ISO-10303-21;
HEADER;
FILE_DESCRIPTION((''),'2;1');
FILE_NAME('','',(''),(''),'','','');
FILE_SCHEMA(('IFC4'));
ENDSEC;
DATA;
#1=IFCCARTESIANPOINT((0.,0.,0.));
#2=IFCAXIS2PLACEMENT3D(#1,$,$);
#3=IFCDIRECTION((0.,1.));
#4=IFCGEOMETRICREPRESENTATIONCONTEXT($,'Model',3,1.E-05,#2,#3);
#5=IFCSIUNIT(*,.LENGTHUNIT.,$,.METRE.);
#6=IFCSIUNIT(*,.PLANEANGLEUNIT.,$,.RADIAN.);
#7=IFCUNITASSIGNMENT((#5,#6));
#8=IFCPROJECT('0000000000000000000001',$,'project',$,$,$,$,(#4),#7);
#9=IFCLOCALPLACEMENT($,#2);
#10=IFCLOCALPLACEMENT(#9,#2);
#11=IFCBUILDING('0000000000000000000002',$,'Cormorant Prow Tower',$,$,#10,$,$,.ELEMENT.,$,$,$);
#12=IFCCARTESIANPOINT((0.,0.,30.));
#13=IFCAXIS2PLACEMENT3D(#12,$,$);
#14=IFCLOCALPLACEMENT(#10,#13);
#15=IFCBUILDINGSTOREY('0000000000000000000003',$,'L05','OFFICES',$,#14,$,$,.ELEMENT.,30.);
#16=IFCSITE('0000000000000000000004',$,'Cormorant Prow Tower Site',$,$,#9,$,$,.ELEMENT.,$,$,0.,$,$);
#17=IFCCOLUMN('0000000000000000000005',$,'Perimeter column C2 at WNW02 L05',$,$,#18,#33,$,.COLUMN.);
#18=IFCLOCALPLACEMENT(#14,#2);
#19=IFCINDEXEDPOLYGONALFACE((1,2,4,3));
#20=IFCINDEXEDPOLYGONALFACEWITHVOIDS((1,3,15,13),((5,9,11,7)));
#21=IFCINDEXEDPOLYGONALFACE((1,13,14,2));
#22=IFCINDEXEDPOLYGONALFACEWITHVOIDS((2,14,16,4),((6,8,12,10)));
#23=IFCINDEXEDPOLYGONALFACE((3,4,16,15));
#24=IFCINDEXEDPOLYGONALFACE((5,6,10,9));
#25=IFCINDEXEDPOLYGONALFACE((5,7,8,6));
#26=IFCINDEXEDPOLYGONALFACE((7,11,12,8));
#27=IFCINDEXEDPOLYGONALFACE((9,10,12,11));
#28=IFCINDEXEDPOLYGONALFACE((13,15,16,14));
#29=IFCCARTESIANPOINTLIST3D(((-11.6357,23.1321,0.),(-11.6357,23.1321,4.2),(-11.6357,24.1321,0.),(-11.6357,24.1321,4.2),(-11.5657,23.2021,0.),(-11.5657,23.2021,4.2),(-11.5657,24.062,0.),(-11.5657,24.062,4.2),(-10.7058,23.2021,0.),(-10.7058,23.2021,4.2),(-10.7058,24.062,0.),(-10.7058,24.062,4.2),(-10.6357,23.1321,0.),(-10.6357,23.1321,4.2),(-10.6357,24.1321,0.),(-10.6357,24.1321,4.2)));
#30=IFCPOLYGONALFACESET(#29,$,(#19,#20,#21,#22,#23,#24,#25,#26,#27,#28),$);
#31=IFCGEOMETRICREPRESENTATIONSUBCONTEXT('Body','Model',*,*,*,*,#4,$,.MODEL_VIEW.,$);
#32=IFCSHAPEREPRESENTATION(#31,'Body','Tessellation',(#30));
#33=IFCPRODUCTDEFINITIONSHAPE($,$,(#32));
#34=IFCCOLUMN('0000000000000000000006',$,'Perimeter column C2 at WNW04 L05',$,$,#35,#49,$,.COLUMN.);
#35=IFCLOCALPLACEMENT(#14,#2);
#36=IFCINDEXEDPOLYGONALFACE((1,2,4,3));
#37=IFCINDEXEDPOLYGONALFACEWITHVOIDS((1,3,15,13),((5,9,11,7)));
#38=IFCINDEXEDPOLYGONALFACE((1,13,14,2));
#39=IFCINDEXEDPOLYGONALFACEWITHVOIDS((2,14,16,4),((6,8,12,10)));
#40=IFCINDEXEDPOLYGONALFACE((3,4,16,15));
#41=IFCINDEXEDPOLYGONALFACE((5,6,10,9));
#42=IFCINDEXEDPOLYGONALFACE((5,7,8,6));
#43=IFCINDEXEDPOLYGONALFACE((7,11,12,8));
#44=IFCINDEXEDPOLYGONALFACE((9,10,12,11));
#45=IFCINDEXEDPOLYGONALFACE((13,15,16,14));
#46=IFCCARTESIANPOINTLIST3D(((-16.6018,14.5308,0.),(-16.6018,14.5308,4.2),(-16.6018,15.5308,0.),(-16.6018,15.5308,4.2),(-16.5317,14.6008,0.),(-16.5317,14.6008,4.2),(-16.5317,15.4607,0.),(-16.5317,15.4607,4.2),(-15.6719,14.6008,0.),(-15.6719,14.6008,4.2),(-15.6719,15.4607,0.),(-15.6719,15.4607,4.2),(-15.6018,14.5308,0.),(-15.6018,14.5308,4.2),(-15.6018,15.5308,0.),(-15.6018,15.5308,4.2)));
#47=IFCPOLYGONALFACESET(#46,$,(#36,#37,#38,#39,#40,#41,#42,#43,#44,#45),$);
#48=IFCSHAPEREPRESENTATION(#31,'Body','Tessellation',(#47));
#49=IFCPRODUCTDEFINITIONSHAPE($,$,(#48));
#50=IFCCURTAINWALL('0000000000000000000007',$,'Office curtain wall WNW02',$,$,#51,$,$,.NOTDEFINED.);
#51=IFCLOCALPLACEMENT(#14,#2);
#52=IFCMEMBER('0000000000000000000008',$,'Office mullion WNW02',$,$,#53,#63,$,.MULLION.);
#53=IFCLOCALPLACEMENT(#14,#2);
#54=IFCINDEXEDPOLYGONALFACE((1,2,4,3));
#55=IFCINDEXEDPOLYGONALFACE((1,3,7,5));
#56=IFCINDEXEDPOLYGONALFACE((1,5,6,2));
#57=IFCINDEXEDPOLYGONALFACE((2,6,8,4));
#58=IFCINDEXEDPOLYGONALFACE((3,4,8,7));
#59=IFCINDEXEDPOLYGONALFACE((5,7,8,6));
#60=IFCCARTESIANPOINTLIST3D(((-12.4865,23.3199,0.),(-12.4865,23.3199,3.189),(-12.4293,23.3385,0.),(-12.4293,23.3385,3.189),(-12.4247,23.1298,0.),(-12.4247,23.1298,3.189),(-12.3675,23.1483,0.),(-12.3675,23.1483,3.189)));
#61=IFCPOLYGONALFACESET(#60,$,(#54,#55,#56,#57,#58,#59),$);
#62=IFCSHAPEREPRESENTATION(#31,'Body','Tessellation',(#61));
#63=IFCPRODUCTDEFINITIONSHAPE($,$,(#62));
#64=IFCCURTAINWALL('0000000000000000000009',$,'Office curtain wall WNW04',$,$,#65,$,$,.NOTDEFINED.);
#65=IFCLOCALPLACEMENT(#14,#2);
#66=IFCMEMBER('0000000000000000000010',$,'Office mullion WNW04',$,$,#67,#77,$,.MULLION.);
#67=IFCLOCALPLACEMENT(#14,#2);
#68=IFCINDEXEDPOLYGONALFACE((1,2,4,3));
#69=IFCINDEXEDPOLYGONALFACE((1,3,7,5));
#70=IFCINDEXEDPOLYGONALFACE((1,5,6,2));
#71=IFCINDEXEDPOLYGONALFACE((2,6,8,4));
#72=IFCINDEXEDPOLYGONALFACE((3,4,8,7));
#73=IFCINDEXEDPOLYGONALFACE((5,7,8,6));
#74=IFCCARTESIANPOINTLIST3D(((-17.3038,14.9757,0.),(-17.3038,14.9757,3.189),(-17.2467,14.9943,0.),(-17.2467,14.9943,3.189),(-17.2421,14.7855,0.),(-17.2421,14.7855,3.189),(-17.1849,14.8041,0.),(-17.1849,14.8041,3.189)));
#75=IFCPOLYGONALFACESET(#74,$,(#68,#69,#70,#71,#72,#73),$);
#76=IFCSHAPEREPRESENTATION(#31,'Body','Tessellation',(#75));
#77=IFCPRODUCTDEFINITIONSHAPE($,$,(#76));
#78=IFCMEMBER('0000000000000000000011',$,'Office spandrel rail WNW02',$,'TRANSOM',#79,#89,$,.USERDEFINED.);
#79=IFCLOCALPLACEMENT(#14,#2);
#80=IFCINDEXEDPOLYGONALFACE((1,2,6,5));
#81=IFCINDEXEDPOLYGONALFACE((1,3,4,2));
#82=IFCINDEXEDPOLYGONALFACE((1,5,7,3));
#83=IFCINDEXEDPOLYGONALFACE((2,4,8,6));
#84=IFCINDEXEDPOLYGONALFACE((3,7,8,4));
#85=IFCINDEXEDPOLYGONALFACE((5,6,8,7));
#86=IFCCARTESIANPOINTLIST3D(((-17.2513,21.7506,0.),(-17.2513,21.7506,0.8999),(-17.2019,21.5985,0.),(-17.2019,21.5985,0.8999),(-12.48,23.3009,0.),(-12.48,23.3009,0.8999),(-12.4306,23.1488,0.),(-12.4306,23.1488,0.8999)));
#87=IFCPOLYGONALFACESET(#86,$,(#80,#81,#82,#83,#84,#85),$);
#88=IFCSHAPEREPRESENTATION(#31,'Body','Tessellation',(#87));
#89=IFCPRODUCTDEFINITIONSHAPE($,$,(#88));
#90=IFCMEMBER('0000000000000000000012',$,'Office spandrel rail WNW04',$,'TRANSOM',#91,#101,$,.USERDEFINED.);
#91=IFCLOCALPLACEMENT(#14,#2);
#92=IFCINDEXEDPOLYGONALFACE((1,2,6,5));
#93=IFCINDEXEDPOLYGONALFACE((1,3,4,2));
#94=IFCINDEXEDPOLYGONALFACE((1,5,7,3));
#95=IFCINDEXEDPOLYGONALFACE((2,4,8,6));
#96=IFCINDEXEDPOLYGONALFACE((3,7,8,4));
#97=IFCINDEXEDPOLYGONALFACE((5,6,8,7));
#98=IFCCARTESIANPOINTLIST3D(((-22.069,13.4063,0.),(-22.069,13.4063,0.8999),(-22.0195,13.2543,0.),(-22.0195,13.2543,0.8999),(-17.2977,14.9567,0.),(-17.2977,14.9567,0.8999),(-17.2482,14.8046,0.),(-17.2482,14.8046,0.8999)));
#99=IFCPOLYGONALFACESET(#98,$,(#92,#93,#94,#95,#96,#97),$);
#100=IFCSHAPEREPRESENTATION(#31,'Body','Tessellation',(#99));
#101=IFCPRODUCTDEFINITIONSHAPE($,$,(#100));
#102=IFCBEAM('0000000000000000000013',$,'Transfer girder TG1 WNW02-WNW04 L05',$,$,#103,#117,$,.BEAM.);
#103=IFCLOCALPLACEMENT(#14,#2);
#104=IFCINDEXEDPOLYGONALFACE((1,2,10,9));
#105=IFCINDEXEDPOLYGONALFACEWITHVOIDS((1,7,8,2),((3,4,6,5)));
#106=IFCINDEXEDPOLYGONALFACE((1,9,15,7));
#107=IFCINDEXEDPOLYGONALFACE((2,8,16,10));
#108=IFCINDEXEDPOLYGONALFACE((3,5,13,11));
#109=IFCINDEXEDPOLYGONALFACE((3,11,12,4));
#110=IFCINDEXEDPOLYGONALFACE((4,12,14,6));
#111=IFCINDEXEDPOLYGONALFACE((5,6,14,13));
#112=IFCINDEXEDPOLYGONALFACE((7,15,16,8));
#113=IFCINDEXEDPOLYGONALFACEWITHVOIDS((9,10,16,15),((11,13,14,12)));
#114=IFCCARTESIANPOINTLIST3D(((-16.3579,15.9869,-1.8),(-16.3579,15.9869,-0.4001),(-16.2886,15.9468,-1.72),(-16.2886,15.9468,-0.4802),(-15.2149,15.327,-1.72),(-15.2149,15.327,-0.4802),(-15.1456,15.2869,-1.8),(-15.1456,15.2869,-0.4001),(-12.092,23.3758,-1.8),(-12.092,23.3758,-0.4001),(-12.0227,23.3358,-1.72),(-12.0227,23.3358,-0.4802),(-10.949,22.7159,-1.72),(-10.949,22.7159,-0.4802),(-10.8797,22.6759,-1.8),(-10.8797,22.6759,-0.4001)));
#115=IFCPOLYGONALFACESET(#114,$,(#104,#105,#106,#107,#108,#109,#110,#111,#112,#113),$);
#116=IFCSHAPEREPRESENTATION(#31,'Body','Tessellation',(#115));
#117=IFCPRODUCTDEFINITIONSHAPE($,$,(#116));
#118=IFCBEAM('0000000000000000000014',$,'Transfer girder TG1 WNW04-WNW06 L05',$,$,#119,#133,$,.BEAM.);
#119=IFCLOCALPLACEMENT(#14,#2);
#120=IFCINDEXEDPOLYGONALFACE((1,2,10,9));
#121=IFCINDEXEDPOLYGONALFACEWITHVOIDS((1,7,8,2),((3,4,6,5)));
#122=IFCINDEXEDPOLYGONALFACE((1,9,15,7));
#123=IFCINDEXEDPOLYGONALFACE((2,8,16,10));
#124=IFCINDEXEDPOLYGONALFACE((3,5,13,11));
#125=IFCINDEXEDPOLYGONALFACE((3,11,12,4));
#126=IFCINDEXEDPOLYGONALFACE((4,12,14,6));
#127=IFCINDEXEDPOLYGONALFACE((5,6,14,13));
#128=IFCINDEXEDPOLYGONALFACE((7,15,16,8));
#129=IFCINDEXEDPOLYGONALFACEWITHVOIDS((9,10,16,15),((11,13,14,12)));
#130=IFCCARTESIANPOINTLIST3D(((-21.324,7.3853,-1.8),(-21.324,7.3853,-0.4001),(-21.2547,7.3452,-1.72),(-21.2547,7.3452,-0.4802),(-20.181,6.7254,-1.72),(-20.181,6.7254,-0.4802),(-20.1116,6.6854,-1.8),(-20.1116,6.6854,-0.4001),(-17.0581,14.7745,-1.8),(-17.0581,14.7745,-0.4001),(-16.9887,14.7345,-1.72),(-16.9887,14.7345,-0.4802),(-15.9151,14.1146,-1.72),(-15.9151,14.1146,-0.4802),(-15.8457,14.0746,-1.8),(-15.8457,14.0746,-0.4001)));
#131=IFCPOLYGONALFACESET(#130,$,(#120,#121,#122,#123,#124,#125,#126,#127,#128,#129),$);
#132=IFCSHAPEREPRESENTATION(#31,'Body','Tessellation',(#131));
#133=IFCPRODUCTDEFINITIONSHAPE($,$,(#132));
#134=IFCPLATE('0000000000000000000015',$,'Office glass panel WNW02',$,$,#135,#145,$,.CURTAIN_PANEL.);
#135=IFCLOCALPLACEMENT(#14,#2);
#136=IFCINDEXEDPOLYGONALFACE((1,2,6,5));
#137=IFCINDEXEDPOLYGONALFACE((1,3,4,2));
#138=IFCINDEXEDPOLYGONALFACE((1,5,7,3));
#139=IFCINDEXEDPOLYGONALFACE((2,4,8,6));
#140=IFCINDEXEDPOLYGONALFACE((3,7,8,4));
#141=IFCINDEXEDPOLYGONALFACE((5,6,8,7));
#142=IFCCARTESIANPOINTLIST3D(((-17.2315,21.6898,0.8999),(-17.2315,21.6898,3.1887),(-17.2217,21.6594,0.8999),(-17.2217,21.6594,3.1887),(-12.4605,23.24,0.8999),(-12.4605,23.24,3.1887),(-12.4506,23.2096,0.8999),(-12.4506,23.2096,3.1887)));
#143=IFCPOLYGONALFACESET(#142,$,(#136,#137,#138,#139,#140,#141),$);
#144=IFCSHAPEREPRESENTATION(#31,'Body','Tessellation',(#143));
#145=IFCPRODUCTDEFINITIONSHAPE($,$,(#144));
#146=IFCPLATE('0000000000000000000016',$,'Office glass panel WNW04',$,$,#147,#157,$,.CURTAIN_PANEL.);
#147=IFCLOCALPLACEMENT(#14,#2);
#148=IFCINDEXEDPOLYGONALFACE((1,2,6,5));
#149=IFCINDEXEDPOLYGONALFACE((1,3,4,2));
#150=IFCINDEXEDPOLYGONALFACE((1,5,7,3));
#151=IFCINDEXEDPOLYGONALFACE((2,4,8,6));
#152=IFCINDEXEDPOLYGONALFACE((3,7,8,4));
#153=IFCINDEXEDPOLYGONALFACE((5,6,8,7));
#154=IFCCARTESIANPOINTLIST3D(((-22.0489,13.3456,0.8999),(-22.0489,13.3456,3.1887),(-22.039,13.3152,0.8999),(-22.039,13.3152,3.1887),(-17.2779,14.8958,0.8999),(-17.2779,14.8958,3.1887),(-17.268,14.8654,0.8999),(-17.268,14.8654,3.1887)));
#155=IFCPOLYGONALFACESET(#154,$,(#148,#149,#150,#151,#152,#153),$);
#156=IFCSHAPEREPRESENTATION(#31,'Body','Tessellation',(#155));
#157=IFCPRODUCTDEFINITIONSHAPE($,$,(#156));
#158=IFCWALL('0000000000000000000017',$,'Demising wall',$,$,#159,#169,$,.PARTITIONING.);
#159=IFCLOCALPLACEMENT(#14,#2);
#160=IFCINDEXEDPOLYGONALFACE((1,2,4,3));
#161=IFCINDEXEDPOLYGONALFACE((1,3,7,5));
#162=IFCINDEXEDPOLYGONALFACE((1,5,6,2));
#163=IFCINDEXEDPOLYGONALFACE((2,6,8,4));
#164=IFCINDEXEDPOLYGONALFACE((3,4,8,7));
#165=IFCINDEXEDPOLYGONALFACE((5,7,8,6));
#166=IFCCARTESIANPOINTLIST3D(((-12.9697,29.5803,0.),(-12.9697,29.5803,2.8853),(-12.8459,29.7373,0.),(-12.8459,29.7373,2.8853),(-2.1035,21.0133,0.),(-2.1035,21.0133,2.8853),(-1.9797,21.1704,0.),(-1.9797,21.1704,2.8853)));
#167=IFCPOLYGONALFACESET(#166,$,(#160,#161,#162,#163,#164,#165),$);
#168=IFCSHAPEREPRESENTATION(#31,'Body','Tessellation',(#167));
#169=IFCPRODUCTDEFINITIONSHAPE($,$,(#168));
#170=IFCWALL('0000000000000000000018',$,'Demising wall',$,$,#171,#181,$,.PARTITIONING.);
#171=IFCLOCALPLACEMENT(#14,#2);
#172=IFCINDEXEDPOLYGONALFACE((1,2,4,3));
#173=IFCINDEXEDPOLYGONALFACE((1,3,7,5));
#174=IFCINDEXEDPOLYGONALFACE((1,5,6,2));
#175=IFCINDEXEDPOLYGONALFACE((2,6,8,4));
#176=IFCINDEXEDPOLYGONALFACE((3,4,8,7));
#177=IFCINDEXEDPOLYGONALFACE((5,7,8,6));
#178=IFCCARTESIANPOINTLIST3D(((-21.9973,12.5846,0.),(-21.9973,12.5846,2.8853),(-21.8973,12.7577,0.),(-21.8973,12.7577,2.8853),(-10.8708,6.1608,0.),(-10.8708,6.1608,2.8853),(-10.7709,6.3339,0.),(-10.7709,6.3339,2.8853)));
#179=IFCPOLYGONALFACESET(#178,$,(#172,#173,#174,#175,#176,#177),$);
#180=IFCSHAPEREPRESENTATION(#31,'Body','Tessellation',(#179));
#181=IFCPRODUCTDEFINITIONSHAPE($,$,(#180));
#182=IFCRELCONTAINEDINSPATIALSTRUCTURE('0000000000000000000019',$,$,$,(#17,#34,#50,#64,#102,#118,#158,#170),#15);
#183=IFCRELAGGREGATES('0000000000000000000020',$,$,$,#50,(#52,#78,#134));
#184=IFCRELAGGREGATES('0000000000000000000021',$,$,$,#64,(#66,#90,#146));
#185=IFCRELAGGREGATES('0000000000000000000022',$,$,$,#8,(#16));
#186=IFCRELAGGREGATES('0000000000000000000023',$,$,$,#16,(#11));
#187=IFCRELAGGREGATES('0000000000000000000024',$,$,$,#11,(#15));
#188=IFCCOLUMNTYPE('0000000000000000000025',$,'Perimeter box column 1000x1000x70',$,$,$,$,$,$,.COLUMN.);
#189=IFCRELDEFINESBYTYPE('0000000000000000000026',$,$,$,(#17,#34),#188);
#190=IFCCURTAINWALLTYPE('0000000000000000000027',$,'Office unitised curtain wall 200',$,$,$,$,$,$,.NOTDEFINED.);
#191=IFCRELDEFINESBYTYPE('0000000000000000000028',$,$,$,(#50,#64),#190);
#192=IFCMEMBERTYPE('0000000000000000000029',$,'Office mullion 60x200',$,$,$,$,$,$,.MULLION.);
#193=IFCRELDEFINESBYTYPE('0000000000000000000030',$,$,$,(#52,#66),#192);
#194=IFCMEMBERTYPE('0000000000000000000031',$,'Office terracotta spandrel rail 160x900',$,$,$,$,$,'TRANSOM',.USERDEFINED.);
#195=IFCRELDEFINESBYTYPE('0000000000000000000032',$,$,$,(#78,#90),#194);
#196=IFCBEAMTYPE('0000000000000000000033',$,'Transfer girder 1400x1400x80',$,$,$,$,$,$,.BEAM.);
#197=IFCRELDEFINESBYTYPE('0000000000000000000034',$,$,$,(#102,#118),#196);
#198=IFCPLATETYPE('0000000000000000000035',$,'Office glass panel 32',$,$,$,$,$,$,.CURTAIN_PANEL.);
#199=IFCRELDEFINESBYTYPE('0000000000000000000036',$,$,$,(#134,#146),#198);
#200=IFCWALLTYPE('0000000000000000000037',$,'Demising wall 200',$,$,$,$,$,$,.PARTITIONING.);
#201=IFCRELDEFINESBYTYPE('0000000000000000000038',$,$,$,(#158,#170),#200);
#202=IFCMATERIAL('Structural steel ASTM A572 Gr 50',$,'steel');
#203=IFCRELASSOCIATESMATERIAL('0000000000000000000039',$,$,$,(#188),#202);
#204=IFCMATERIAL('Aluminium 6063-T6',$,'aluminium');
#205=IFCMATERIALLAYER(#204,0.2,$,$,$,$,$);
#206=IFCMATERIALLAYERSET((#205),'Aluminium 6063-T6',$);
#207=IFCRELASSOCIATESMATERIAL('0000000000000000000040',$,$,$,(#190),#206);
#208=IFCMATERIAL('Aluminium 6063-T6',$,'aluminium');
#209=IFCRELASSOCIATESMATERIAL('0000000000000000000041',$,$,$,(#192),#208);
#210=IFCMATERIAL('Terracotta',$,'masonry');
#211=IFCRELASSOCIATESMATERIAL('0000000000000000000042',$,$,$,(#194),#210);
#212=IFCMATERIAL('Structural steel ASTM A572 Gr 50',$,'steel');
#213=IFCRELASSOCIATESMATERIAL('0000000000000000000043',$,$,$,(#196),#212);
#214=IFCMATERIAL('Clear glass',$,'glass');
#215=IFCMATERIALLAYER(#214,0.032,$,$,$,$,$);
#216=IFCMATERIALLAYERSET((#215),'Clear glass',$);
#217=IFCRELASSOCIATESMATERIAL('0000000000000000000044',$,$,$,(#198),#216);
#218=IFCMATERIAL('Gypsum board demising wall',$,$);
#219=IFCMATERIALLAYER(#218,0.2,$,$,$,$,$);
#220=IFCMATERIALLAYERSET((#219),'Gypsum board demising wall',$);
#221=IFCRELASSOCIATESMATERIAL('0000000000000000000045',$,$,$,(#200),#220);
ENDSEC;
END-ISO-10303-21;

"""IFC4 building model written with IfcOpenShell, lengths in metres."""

from ifc_helpers import new_model, si_unit, direction, frame, frame_2d, origin, origin_2d, place, context, subcontext, project, spatial, rectangle, hollow_rectangle, extrude, material, layer, layer_set, material_profile, profile_set, type_object, element, aggregate, save


model = new_model("IFC4")

# Units and contexts
model_context = context("Model", 3, precision=1e-05, world=origin(), true_north=direction((0.0, 1.0)))
body_context = subcontext(model_context, "Body", "Model", "MODEL_VIEW")
ifc_project = project(units=[si_unit("LENGTHUNIT", "METRE"), si_unit("PLANEANGLEUNIT", "RADIAN")], contexts=[model_context])

# Site, building, storey
site_placement = place(None, origin())
site = spatial("IfcSite", under=ifc_project, at=site_placement, Name="Cormorant Prow Tower Site", CompositionType="ELEMENT", RefElevation=0.0)
building_placement = place(site_placement, origin())
building = spatial("IfcBuilding", under=site, at=building_placement, Name="Cormorant Prow Tower", CompositionType="ELEMENT")
storey_placement = place(building_placement, frame((0.0, 0.0, 30.0)))
storey = spatial("IfcBuildingStorey", under=building, at=storey_placement, Name="L05", Description="OFFICES", CompositionType="ELEMENT", Elevation=30.0)

# Columns
ifc_material_1 = material(Name="Structural steel ASTM A572 Gr 50", Category="steel")
ifc_material_profile_1 = material_profile(ifc_material_1, hollow_rectangle(XDim=1.0, YDim=1.0, WallThickness=0.0701, at=origin_2d()), Name="Box 1000x1000x70")
ifc_profile_set_1 = profile_set([ifc_material_profile_1], Name="Structural steel ASTM A572 Gr 50")
column_type = type_object("IfcColumnType", Name="Perimeter box column 1000x1000x70", PredefinedType="COLUMN", material=ifc_profile_set_1)
column_1_placement = place(storey_placement, frame((-11.1357, 23.6321, 0.0), z_axis=(0.0, 0.0, 1.0), x_axis=(1.0, 0.0, 0.0)))
element("IfcColumn", 1, at=column_1_placement, inside=storey, type_object=column_type, Name="Perimeter column C2 at WNW02 L05", PredefinedType="COLUMN", context=body_context, shape_type="SweptSolid", body=[
    extrude(hollow_rectangle(XDim=1.0, YDim=1.0, WallThickness=0.0701, at=origin_2d()), origin(), (0.0, 0.0, 1.0), 4.2),
])
column_2_placement = place(storey_placement, frame((-16.1018, 15.0308, 0.0), z_axis=(0.0, 0.0, 1.0), x_axis=(1.0, 0.0, 0.0)))
element("IfcColumn", 2, at=column_2_placement, inside=storey, type_object=column_type, Name="Perimeter column C2 at WNW04 L05", PredefinedType="COLUMN", context=body_context, shape_type="SweptSolid", body=[
    extrude(hollow_rectangle(XDim=1.0, YDim=1.0, WallThickness=0.0701, at=origin_2d()), origin(), (0.0, 0.0, 1.0), 4.2),
])

# Curtain walls, members
ifc_material_2 = material(Name="Aluminium 6063-T6", Category="aluminium")
ifc_layer_1 = layer(ifc_material_2, 0.2)
ifc_layer_set_1 = layer_set([ifc_layer_1], Name="Aluminium 6063-T6")
curtain_wall_type = type_object("IfcCurtainWallType", Name="Office unitised curtain wall 200", PredefinedType="NOTDEFINED", material=ifc_layer_set_1)
curtain_wall_1_placement = place(storey_placement, origin())
curtain_wall_1 = element("IfcCurtainWall", 3, at=curtain_wall_1_placement, inside=storey, type_object=curtain_wall_type, Name="Office curtain wall WNW02", PredefinedType="NOTDEFINED")
ifc_material_3 = material(Name="Aluminium 6063-T6", Category="aluminium")
ifc_material_profile_2 = material_profile(ifc_material_3, rectangle(XDim=0.2, YDim=0.0601, at=origin_2d()), Name="Office mullion 60x200")
ifc_profile_set_2 = profile_set([ifc_material_profile_2], Name="Aluminium 6063-T6")
member_type_1 = type_object("IfcMemberType", Name="Office mullion 60x200", PredefinedType="MULLION", material=ifc_profile_set_2)
member_1_placement = place(storey_placement, frame((-12.427, 23.2341, 0.0), z_axis=(0.0, 0.0, 1.0), x_axis=(0.309017, -0.951057, 0.0)))
member_1 = element("IfcMember", 4, at=member_1_placement, type_object=member_type_1, Name="Office mullion WNW02", PredefinedType="MULLION", context=body_context, shape_type="SweptSolid", body=[
    extrude(rectangle(XDim=0.2, YDim=0.0601, at=origin_2d()), origin(), (0.0, 0.0, 1.0), 3.189),
])
curtain_wall_2_placement = place(storey_placement, origin())
curtain_wall_2 = element("IfcCurtainWall", 5, at=curtain_wall_2_placement, inside=storey, type_object=curtain_wall_type, Name="Office curtain wall WNW04", PredefinedType="NOTDEFINED")
member_2_placement = place(storey_placement, frame((-17.2444, 14.8899, 0.0), z_axis=(0.0, 0.0, 1.0), x_axis=(0.309017, -0.951057, 0.0)))
member_2 = element("IfcMember", 6, at=member_2_placement, type_object=member_type_1, Name="Office mullion WNW04", PredefinedType="MULLION", context=body_context, shape_type="SweptSolid", body=[
    extrude(rectangle(XDim=0.2, YDim=0.0601, at=origin_2d()), origin(), (0.0, 0.0, 1.0), 3.189),
])

# Members
ifc_material_4 = material(Name="Terracotta", Category="masonry")
ifc_material_profile_3 = material_profile(ifc_material_4, rectangle(XDim=0.1599, YDim=0.8999, at=origin_2d()), Name="Office terracotta spandrel rail 160x900")
ifc_profile_set_3 = profile_set([ifc_material_profile_3], Name="Terracotta")
member_type_2 = type_object("IfcMemberType", Name="Office terracotta spandrel rail 160x900", ElementType="TRANSOM", PredefinedType="USERDEFINED", material=ifc_profile_set_3)
member_3_placement = place(storey_placement, frame((-12.4553, 23.2249, 0.45), z_axis=(-0.951055, -0.309021, 0.0), x_axis=(0.309021, -0.951055, 0.0)))
member_3 = element("IfcMember", 7, at=member_3_placement, type_object=member_type_2, Name="Office spandrel rail WNW02", ObjectType="TRANSOM", PredefinedType="USERDEFINED", context=body_context, shape_type="SweptSolid", body=[
    extrude(rectangle(XDim=0.1599, YDim=0.8999, at=origin_2d()), origin(), (0.0, 0.0, 1.0), 5.0168),
])
member_4_placement = place(storey_placement, frame((-17.2729, 14.8806, 0.45), z_axis=(-0.951055, -0.309021, 0.0), x_axis=(0.309021, -0.951055, 0.0)))
member_4 = element("IfcMember", 8, at=member_4_placement, type_object=member_type_2, Name="Office spandrel rail WNW04", ObjectType="TRANSOM", PredefinedType="USERDEFINED", context=body_context, shape_type="SweptSolid", body=[
    extrude(rectangle(XDim=0.1599, YDim=0.8999, at=origin_2d()), origin(), (0.0, 0.0, 1.0), 5.0168),
])

# Beams
ifc_material_5 = material(Name="Structural steel ASTM A572 Gr 50", Category="steel")
ifc_material_profile_4 = material_profile(ifc_material_5, hollow_rectangle(XDim=1.3999, YDim=1.3999, WallThickness=0.0801, at=origin_2d()), Name="Box 1400x1400x80")
ifc_profile_set_4 = profile_set([ifc_material_profile_4], Name="Structural steel ASTM A572 Gr 50")
beam_type = type_object("IfcBeamType", Name="Transfer girder 1400x1400x80", PredefinedType="BEAM", material=ifc_profile_set_4)
beam_1_placement = place(storey_placement, frame((-11.4858, 23.0259, -1.1001), z_axis=(-0.499989, -0.866032, 0.0), x_axis=(0.866032, -0.499989, 0.0)))
element("IfcBeam", 9, at=beam_1_placement, inside=storey, type_object=beam_type, Name="Transfer girder TG1 WNW02-WNW04 L05", PredefinedType="BEAM", context=body_context, shape_type="SweptSolid", body=[
    extrude(hollow_rectangle(XDim=1.3999, YDim=1.3999, WallThickness=0.0801, at=origin_2d()), origin(), (0.0, 0.0, 1.0), 8.532),
])
beam_2_placement = place(storey_placement, frame((-16.4519, 14.4246, -1.1001), z_axis=(-0.499977, -0.866039, 0.0), x_axis=(0.866039, -0.499977, 0.0)))
element("IfcBeam", 10, at=beam_2_placement, inside=storey, type_object=beam_type, Name="Transfer girder TG1 WNW04-WNW06 L05", PredefinedType="BEAM", context=body_context, shape_type="SweptSolid", body=[
    extrude(hollow_rectangle(XDim=1.3999, YDim=1.3999, WallThickness=0.0801, at=origin_2d()), origin(), (0.0, 0.0, 1.0), 8.5322),
])

# Plates
ifc_material_6 = material(Name="Clear glass", Category="glass")
ifc_layer_2 = layer(ifc_material_6, 0.032)
ifc_layer_set_2 = layer_set([ifc_layer_2], Name="Clear glass")
plate_type = type_object("IfcPlateType", Name="Office glass panel 32", PredefinedType="CURTAIN_PANEL", material=ifc_layer_set_2)
plate_1_placement = place(storey_placement, frame((-14.8411, 22.4497, 0.8999), z_axis=(0.0, 0.0, 1.0), x_axis=(-0.951057, -0.309017, 0.0)))
plate_1 = element("IfcPlate", 11, at=plate_1_placement, type_object=plate_type, Name="Office glass panel WNW02", PredefinedType="CURTAIN_PANEL", context=body_context, shape_type="SweptSolid", body=[
    extrude(rectangle(XDim=5.0166, YDim=0.032, at=origin_2d()), origin(), (0.0, 0.0, 1.0), 2.2888),
])
aggregate(curtain_wall_1, [member_1, member_3, plate_1])
plate_2_placement = place(storey_placement, frame((-19.6584, 14.1055, 0.8999), z_axis=(0.0, 0.0, 1.0), x_axis=(-0.951057, -0.309017, 0.0)))
plate_2 = element("IfcPlate", 12, at=plate_2_placement, type_object=plate_type, Name="Office glass panel WNW04", PredefinedType="CURTAIN_PANEL", context=body_context, shape_type="SweptSolid", body=[
    extrude(rectangle(XDim=5.0166, YDim=0.032, at=origin_2d()), origin(), (0.0, 0.0, 1.0), 2.2888),
])
aggregate(curtain_wall_2, [member_2, member_4, plate_2])

# Walls
ifc_material_7 = material(Name="Gypsum board demising wall")
ifc_layer_3 = layer(ifc_material_7, 0.2)
ifc_layer_set_3 = layer_set([ifc_layer_3], Name="Gypsum board demising wall")
wall_type_1 = type_object("IfcWallType", Name="Demising wall 200", PredefinedType="PARTITIONING", material=ifc_layer_set_3)
wall_1_placement = place(storey_placement, frame((-12.9077, 29.6587, 0.0), z_axis=(0.0, 0.0, 1.0), x_axis=(0.785294, -0.619124, 0.0)))
element("IfcWall", 13, at=wall_1_placement, inside=storey, type_object=wall_type_1, Name="Demising wall", PredefinedType="PARTITIONING", context=body_context, shape_type="SweptSolid", body=[
    extrude(rectangle(XDim=13.8372, YDim=0.2, at=frame_2d((6.9185, 0.0))), origin(), (0.0, 0.0, 1.0), 2.8853),
])
wall_2_placement = place(storey_placement, frame((-21.9473, 12.6711, 0.0), z_axis=(0.0, 0.0, 1.0), x_axis=(0.866027, -0.499998, 0.0)))
element("IfcWall", 14, at=wall_2_placement, inside=storey, type_object=wall_type_1, Name="Demising wall", PredefinedType="PARTITIONING", context=body_context, shape_type="SweptSolid", body=[
    extrude(rectangle(XDim=12.8477, YDim=0.2, at=frame_2d((6.4238, 0.0))), origin(), (0.0, 0.0, 1.0), 2.8853),
])

save(model, "model.ifc")
